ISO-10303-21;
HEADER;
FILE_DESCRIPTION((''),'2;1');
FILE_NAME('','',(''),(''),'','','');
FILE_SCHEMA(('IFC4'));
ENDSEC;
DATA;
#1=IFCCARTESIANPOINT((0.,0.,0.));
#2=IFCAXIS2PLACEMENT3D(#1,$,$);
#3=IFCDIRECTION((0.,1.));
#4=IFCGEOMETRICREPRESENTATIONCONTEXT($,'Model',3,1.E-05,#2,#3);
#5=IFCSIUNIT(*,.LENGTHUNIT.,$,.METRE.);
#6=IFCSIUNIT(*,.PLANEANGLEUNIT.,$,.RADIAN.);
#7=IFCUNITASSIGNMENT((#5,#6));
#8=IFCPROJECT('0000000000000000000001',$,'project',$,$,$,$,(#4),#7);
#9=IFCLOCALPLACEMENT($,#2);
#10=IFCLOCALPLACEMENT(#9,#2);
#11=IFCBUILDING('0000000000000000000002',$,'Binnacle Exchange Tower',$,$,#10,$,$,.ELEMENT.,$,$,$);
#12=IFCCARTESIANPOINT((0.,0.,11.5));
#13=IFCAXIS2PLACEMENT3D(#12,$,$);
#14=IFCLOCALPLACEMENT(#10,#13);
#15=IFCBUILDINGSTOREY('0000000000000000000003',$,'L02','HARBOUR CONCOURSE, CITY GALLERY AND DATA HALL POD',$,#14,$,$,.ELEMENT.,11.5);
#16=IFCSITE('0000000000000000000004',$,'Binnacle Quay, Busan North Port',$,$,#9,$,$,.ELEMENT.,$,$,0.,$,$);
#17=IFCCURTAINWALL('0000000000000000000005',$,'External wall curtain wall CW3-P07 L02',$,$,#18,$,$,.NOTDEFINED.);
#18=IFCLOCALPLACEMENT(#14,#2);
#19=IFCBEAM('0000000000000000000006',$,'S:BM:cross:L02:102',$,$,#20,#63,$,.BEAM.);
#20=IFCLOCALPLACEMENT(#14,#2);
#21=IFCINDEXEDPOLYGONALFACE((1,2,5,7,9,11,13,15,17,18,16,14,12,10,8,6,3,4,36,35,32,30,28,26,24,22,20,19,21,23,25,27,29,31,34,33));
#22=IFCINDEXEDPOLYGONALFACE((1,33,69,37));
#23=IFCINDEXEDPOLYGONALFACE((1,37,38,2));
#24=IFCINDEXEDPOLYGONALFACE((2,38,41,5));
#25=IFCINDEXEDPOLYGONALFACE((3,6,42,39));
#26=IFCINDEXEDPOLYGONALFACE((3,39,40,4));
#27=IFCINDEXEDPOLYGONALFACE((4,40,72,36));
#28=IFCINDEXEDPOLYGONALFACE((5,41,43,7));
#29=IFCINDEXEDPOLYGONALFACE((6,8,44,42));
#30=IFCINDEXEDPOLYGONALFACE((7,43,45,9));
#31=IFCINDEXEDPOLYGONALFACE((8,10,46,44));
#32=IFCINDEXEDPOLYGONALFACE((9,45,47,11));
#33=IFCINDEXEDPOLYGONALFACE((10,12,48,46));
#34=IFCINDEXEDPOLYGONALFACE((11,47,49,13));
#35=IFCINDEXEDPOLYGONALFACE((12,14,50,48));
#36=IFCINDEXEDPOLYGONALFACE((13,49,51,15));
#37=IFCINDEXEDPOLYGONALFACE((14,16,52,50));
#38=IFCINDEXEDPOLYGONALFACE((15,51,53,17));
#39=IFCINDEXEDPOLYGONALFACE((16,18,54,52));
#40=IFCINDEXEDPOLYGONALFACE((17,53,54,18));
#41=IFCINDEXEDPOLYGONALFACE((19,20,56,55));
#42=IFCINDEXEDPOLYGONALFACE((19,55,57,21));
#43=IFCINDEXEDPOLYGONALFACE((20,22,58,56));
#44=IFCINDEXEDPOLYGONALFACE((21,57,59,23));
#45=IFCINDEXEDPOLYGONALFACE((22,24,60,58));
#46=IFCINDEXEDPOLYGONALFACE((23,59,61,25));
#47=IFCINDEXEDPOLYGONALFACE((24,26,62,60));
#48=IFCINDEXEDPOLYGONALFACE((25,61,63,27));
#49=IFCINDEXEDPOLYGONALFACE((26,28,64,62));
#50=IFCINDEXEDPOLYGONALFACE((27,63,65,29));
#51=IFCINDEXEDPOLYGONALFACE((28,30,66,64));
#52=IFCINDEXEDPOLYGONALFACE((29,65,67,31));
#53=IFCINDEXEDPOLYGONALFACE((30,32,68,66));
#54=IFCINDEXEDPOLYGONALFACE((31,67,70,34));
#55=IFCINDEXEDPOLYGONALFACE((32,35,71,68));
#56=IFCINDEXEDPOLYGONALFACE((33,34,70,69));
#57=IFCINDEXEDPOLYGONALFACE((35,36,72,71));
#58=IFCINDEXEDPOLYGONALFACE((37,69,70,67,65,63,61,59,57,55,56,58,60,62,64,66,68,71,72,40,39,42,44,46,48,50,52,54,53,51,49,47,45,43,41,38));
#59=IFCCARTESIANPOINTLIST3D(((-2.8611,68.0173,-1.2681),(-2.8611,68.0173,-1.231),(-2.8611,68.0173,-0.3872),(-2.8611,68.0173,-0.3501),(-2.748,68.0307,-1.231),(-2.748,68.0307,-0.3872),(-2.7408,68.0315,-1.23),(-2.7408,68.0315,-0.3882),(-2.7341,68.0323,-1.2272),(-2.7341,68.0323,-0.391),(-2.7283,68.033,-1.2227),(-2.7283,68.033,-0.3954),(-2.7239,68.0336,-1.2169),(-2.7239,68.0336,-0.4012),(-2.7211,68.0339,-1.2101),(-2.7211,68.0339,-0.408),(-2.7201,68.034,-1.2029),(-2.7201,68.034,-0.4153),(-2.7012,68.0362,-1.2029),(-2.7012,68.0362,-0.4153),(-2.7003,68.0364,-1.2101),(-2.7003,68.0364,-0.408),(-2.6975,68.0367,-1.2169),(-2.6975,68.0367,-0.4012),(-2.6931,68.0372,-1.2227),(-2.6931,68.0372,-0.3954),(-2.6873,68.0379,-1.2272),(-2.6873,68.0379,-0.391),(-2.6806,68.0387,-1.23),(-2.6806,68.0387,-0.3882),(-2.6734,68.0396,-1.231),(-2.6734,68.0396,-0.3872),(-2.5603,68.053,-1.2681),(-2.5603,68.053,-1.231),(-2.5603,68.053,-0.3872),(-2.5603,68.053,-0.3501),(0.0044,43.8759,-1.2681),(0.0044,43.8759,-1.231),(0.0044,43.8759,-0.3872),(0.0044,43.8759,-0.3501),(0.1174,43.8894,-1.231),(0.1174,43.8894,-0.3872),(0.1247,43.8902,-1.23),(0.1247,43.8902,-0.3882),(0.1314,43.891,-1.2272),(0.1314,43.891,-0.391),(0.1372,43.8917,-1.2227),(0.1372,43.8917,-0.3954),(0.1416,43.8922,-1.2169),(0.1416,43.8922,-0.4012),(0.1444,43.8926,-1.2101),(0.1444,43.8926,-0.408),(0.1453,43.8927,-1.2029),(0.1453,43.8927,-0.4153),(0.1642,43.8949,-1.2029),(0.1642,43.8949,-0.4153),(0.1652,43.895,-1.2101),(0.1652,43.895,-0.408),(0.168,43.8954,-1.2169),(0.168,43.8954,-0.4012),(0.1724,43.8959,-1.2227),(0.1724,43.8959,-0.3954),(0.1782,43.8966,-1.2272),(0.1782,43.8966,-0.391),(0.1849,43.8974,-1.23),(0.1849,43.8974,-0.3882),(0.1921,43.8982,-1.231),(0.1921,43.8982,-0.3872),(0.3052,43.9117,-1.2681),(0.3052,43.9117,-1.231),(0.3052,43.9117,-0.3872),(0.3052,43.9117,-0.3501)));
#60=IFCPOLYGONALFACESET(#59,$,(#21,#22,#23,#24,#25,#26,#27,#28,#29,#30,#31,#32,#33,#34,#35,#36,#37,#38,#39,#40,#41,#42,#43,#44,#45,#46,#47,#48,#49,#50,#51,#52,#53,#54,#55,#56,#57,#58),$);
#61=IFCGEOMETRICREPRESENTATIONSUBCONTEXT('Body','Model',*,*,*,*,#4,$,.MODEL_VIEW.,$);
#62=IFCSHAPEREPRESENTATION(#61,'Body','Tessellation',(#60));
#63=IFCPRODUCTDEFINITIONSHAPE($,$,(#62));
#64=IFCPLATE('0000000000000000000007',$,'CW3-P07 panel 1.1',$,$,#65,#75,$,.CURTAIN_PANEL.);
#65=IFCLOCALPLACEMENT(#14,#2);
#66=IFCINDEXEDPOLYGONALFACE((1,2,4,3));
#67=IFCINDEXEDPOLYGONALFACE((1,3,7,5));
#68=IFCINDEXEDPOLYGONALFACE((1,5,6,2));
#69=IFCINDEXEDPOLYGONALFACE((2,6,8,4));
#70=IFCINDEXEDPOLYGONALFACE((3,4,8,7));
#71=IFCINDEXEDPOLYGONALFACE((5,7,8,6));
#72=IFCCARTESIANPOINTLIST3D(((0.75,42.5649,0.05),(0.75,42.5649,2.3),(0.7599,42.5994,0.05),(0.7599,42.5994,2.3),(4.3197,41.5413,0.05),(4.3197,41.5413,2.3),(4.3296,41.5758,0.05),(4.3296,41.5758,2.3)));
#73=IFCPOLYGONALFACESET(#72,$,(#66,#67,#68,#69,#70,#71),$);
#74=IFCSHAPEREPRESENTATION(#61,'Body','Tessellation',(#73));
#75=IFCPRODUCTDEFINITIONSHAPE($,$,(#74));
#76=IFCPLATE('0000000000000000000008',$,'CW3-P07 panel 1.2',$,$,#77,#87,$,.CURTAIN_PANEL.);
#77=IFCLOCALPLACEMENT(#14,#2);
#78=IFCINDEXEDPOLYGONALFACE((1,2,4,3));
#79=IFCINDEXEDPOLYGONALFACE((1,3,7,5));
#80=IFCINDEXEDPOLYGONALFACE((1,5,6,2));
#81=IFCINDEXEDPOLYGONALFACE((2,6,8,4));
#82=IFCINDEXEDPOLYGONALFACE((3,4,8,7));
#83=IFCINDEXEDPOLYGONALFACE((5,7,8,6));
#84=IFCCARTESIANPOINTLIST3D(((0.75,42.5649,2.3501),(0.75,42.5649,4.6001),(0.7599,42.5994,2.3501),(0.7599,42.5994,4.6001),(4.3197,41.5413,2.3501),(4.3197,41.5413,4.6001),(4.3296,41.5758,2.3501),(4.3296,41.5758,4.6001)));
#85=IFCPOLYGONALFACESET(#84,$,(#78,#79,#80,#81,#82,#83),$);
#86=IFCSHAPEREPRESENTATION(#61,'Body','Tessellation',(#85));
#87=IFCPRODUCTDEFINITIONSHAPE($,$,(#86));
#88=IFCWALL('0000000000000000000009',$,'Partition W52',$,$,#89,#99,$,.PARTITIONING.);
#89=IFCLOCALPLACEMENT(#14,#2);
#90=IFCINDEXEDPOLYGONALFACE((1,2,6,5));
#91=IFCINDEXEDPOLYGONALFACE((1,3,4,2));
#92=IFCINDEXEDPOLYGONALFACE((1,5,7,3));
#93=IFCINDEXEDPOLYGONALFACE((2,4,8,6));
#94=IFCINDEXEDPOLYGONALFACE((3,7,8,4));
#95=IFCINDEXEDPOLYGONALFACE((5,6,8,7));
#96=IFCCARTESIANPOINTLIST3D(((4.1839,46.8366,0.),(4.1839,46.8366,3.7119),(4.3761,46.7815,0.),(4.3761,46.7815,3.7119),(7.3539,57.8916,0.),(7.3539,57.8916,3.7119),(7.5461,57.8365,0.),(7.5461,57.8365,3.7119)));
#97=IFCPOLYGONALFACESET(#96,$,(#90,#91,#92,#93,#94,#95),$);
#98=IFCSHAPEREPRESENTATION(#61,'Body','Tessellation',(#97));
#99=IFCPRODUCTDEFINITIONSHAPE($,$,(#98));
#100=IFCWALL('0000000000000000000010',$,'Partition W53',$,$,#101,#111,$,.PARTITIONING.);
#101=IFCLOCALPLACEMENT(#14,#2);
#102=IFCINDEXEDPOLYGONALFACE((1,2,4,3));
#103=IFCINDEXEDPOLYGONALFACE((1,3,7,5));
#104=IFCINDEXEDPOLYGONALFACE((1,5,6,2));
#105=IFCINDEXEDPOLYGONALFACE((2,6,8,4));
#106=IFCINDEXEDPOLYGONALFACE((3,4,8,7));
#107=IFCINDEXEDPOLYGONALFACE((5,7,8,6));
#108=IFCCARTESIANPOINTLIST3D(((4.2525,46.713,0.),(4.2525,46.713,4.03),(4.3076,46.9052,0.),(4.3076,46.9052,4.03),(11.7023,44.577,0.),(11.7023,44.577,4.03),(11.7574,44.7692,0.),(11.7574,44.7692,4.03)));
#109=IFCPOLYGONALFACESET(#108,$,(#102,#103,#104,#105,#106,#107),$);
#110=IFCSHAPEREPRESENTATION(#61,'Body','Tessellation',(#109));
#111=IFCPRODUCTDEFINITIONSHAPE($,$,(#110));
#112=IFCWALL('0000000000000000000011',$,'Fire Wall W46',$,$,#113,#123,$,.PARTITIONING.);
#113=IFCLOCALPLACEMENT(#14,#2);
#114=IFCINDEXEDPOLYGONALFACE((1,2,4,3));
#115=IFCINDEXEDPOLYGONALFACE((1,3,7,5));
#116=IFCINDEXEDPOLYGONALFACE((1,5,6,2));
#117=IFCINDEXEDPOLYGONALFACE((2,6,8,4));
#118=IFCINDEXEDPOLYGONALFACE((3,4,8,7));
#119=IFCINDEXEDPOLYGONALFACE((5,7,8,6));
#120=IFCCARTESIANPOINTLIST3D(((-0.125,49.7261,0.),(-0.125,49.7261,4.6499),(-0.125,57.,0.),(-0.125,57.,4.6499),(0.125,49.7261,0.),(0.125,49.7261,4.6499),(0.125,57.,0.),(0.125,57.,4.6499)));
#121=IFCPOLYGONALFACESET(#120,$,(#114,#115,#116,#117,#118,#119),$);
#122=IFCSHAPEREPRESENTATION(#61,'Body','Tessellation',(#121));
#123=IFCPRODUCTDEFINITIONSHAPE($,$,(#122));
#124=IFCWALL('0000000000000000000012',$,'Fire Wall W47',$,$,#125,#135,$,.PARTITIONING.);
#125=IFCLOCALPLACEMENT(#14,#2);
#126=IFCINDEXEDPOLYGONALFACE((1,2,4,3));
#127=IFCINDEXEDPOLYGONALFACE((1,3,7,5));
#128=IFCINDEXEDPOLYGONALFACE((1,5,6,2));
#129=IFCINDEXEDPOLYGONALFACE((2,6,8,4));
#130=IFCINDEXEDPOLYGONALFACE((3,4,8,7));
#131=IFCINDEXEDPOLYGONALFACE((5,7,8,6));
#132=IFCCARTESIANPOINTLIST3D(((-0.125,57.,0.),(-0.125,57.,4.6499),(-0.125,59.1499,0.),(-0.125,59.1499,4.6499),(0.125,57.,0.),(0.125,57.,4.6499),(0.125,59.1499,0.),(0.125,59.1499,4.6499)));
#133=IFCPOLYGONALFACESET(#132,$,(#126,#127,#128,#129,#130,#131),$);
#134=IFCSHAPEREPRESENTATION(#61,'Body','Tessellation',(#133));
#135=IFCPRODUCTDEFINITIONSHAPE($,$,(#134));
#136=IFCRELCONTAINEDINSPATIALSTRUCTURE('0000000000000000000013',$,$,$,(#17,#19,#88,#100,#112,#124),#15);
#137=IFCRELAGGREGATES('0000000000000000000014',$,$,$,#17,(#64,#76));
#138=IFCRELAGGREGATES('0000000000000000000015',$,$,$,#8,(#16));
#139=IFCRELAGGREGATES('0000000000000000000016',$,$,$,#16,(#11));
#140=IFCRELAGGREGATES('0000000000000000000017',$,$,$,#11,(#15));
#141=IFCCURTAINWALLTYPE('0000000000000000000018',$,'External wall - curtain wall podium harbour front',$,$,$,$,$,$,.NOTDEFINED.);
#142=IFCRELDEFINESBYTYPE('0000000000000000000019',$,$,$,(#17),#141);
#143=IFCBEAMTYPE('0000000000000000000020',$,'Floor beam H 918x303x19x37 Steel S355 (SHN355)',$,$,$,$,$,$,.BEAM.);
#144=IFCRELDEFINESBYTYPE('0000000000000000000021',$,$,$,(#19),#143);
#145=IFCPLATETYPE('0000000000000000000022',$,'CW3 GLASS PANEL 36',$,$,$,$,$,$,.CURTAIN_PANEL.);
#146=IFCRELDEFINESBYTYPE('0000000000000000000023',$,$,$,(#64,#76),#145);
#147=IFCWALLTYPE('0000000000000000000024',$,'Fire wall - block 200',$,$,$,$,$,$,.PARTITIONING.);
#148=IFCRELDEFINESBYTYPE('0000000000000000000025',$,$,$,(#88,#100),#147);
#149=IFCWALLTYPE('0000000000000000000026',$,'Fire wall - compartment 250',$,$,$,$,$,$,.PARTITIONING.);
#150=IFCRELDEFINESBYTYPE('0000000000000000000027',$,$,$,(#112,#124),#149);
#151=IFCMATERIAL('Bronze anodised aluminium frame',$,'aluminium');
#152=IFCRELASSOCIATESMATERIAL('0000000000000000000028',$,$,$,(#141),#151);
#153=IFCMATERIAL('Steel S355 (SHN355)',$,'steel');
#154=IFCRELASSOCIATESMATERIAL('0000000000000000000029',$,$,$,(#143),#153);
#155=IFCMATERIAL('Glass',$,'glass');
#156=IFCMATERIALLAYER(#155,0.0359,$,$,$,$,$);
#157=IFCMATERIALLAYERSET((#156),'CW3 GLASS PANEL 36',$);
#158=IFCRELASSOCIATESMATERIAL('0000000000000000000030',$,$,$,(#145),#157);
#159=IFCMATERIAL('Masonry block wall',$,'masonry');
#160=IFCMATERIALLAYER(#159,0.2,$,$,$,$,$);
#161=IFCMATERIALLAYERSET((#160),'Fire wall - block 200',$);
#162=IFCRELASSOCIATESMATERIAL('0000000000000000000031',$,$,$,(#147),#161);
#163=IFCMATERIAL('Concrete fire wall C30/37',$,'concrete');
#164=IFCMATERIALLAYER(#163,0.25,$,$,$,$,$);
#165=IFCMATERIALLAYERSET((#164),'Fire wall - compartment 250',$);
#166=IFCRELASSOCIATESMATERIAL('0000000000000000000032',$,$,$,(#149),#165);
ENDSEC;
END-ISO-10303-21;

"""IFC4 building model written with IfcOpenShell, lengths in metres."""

from ifc_helpers import new_model, si_unit, direction, frame, frame_2d, origin, origin_2d, place, context, subcontext, project, spatial, rectangle, i_section, extrude, material, layer, layer_set, material_profile, profile_set, type_object, element, aggregate, save


model = new_model("IFC4")

# Units and contexts
model_context = context("Model", 3, precision=1e-05, world=origin(), true_north=direction((0.0, 1.0)))
body_context = subcontext(model_context, "Body", "Model", "MODEL_VIEW")
ifc_project = project(units=[si_unit("LENGTHUNIT", "METRE"), si_unit("PLANEANGLEUNIT", "RADIAN")], contexts=[model_context])

# Site, building, storey
site_placement = place(None, origin())
site = spatial("IfcSite", under=ifc_project, at=site_placement, Name="Binnacle Quay, Busan North Port", CompositionType="ELEMENT", RefElevation=0.0)
building_placement = place(site_placement, origin())
building = spatial("IfcBuilding", under=site, at=building_placement, Name="Binnacle Exchange Tower", CompositionType="ELEMENT")
storey_placement = place(building_placement, frame((0.0, 0.0, 11.5)))
storey = spatial("IfcBuildingStorey", under=building, at=storey_placement, Name="L02", Description="HARBOUR CONCOURSE, CITY GALLERY AND DATA HALL POD", CompositionType="ELEMENT", Elevation=11.5)

# Shared definitions
ifc_material_1 = material(Name="Bronze anodised aluminium frame", Category="aluminium")
curtain_wall_type = type_object("IfcCurtainWallType", Name="External wall - curtain wall podium harbour front", PredefinedType="NOTDEFINED", material=ifc_material_1)

# Curtain wall
curtain_wall_1_placement = place(storey_placement, origin())
curtain_wall_1 = element("IfcCurtainWall", 1, at=curtain_wall_1_placement, inside=storey, type_object=curtain_wall_type, Name="External wall curtain wall CW3-P07 L02", PredefinedType="NOTDEFINED")

# Beam
ifc_material_2 = material(Name="Steel S355 (SHN355)", Category="steel")
ifc_material_profile_1 = material_profile(ifc_material_2, i_section(OverallWidth=0.303, OverallDepth=0.918, WebThickness=0.019, FlangeThickness=0.0371, FilletRadius=0.0281, at=origin_2d()), Name="H 918x303x19x37")
ifc_profile_set_1 = profile_set([ifc_material_profile_1], Name="Steel S355 (SHN355)")
beam_type_1 = type_object("IfcBeamType", Name="Floor beam H 918x303x19x37 Steel S355 (SHN355)", PredefinedType="BEAM", material=ifc_profile_set_1)
beam_1_placement = place(storey_placement, frame((0.1548, 43.8938, -0.8091), z_axis=(-0.117868, 0.993029, 0.0), x_axis=(-0.993029, -0.117868, 0.0)))
element("IfcBeam", 2, at=beam_1_placement, inside=storey, type_object=beam_type_1, Name="S:BM:cross:L02:102", PredefinedType="BEAM", context=body_context, shape_type="SweptSolid", body=[
    extrude(i_section(OverallWidth=0.303, OverallDepth=0.918, WebThickness=0.019, FlangeThickness=0.0371, FilletRadius=0.0281, at=origin_2d()), origin(), (0.0, 0.0, 1.0), 24.3108),
])

# Plates
ifc_material_3 = material(Name="Glass", Category="glass")
ifc_layer_1 = layer(ifc_material_3, 0.0359)
ifc_layer_set_1 = layer_set([ifc_layer_1], Name="CW3 GLASS PANEL 36")
plate_type = type_object("IfcPlateType", Name="CW3 GLASS PANEL 36", PredefinedType="CURTAIN_PANEL", material=ifc_layer_set_1)
plate_1_placement = place(storey_placement, frame((2.5398, 42.0703, 0.05), z_axis=(0.0, 0.0, 1.0), x_axis=(0.961262, -0.275637, 0.0)))
plate_1 = element("IfcPlate", 3, at=plate_1_placement, type_object=plate_type, Name="CW3-P07 panel 1.1", PredefinedType="CURTAIN_PANEL", context=body_context, shape_type="SweptSolid", body=[
    extrude(rectangle(XDim=3.7136, YDim=0.0359, at=origin_2d()), origin(), (0.0, 0.0, 1.0), 2.25),
])
plate_2_placement = place(storey_placement, frame((2.5398, 42.0703, 2.3501), z_axis=(0.0, 0.0, 1.0), x_axis=(0.961262, -0.275637, 0.0)))
plate_2 = element("IfcPlate", 4, at=plate_2_placement, type_object=plate_type, Name="CW3-P07 panel 1.2", PredefinedType="CURTAIN_PANEL", context=body_context, shape_type="SweptSolid", body=[
    extrude(rectangle(XDim=3.7136, YDim=0.0359, at=origin_2d()), origin(), (0.0, 0.0, 1.0), 2.25),
])
aggregate(curtain_wall_1, [plate_1, plate_2])

# Walls
ifc_material_4 = material(Name="Masonry block wall", Category="masonry")
ifc_layer_2 = layer(ifc_material_4, 0.2)
ifc_layer_set_2 = layer_set([ifc_layer_2], Name="Fire wall - block 200")
wall_type_1 = type_object("IfcWallType", Name="Fire wall - block 200", PredefinedType="PARTITIONING", material=ifc_layer_set_2)
wall_1_placement = place(storey_placement, frame((4.28, 46.8091, 0.0), z_axis=(0.0, 0.0, 1.0), x_axis=(0.275635, 0.961262, 0.0)))
element("IfcWall", 5, at=wall_1_placement, inside=storey, type_object=wall_type_1, Name="Partition W52", PredefinedType="PARTITIONING", context=body_context, shape_type="SweptSolid", body=[
    extrude(rectangle(XDim=11.5005, YDim=0.2, at=frame_2d((5.7502, 0.0))), origin(), (0.0, 0.0, 1.0), 3.7119),
])
wall_2_placement = place(storey_placement, frame((4.28, 46.8091, 0.0), z_axis=(0.0, 0.0, 1.0), x_axis=(0.96127, -0.275607, 0.0)))
element("IfcWall", 6, at=wall_2_placement, inside=storey, type_object=wall_type_1, Name="Partition W53", PredefinedType="PARTITIONING", context=body_context, shape_type="SweptSolid", body=[
    extrude(rectangle(XDim=7.75, YDim=0.2, at=frame_2d((3.875, 0.0))), origin(), (0.0, 0.0, 1.0), 4.03),
])
ifc_material_5 = material(Name="Concrete fire wall C30/37", Category="concrete")
ifc_layer_3 = layer(ifc_material_5, 0.25)
ifc_layer_set_3 = layer_set([ifc_layer_3], Name="Fire wall - compartment 250")
wall_type_2 = type_object("IfcWallType", Name="Fire wall - compartment 250", PredefinedType="PARTITIONING", material=ifc_layer_set_3)
wall_3_placement = place(storey_placement, frame((0.0, 49.7261, 0.0), z_axis=(0.0, 0.0, 1.0), x_axis=(0.0, 1.0, 0.0)))
element("IfcWall", 7, at=wall_3_placement, inside=storey, type_object=wall_type_2, Name="Fire Wall W46", PredefinedType="PARTITIONING", context=body_context, shape_type="SweptSolid", body=[
    extrude(rectangle(XDim=7.2739, YDim=0.25, at=frame_2d((3.637, 0.0))), origin(), (0.0, 0.0, 1.0), 4.6499),
])
wall_4_placement = place(storey_placement, frame((0.0, 57.0, 0.0), z_axis=(0.0, 0.0, 1.0), x_axis=(0.0, 1.0, 0.0)))
element("IfcWall", 8, at=wall_4_placement, inside=storey, type_object=wall_type_2, Name="Fire Wall W47", PredefinedType="PARTITIONING", context=body_context, shape_type="SweptSolid", body=[
    extrude(rectangle(XDim=2.1499, YDim=0.25, at=frame_2d((1.075, 0.0))), origin(), (0.0, 0.0, 1.0), 4.6499),
])

save(model, "model.ifc")
